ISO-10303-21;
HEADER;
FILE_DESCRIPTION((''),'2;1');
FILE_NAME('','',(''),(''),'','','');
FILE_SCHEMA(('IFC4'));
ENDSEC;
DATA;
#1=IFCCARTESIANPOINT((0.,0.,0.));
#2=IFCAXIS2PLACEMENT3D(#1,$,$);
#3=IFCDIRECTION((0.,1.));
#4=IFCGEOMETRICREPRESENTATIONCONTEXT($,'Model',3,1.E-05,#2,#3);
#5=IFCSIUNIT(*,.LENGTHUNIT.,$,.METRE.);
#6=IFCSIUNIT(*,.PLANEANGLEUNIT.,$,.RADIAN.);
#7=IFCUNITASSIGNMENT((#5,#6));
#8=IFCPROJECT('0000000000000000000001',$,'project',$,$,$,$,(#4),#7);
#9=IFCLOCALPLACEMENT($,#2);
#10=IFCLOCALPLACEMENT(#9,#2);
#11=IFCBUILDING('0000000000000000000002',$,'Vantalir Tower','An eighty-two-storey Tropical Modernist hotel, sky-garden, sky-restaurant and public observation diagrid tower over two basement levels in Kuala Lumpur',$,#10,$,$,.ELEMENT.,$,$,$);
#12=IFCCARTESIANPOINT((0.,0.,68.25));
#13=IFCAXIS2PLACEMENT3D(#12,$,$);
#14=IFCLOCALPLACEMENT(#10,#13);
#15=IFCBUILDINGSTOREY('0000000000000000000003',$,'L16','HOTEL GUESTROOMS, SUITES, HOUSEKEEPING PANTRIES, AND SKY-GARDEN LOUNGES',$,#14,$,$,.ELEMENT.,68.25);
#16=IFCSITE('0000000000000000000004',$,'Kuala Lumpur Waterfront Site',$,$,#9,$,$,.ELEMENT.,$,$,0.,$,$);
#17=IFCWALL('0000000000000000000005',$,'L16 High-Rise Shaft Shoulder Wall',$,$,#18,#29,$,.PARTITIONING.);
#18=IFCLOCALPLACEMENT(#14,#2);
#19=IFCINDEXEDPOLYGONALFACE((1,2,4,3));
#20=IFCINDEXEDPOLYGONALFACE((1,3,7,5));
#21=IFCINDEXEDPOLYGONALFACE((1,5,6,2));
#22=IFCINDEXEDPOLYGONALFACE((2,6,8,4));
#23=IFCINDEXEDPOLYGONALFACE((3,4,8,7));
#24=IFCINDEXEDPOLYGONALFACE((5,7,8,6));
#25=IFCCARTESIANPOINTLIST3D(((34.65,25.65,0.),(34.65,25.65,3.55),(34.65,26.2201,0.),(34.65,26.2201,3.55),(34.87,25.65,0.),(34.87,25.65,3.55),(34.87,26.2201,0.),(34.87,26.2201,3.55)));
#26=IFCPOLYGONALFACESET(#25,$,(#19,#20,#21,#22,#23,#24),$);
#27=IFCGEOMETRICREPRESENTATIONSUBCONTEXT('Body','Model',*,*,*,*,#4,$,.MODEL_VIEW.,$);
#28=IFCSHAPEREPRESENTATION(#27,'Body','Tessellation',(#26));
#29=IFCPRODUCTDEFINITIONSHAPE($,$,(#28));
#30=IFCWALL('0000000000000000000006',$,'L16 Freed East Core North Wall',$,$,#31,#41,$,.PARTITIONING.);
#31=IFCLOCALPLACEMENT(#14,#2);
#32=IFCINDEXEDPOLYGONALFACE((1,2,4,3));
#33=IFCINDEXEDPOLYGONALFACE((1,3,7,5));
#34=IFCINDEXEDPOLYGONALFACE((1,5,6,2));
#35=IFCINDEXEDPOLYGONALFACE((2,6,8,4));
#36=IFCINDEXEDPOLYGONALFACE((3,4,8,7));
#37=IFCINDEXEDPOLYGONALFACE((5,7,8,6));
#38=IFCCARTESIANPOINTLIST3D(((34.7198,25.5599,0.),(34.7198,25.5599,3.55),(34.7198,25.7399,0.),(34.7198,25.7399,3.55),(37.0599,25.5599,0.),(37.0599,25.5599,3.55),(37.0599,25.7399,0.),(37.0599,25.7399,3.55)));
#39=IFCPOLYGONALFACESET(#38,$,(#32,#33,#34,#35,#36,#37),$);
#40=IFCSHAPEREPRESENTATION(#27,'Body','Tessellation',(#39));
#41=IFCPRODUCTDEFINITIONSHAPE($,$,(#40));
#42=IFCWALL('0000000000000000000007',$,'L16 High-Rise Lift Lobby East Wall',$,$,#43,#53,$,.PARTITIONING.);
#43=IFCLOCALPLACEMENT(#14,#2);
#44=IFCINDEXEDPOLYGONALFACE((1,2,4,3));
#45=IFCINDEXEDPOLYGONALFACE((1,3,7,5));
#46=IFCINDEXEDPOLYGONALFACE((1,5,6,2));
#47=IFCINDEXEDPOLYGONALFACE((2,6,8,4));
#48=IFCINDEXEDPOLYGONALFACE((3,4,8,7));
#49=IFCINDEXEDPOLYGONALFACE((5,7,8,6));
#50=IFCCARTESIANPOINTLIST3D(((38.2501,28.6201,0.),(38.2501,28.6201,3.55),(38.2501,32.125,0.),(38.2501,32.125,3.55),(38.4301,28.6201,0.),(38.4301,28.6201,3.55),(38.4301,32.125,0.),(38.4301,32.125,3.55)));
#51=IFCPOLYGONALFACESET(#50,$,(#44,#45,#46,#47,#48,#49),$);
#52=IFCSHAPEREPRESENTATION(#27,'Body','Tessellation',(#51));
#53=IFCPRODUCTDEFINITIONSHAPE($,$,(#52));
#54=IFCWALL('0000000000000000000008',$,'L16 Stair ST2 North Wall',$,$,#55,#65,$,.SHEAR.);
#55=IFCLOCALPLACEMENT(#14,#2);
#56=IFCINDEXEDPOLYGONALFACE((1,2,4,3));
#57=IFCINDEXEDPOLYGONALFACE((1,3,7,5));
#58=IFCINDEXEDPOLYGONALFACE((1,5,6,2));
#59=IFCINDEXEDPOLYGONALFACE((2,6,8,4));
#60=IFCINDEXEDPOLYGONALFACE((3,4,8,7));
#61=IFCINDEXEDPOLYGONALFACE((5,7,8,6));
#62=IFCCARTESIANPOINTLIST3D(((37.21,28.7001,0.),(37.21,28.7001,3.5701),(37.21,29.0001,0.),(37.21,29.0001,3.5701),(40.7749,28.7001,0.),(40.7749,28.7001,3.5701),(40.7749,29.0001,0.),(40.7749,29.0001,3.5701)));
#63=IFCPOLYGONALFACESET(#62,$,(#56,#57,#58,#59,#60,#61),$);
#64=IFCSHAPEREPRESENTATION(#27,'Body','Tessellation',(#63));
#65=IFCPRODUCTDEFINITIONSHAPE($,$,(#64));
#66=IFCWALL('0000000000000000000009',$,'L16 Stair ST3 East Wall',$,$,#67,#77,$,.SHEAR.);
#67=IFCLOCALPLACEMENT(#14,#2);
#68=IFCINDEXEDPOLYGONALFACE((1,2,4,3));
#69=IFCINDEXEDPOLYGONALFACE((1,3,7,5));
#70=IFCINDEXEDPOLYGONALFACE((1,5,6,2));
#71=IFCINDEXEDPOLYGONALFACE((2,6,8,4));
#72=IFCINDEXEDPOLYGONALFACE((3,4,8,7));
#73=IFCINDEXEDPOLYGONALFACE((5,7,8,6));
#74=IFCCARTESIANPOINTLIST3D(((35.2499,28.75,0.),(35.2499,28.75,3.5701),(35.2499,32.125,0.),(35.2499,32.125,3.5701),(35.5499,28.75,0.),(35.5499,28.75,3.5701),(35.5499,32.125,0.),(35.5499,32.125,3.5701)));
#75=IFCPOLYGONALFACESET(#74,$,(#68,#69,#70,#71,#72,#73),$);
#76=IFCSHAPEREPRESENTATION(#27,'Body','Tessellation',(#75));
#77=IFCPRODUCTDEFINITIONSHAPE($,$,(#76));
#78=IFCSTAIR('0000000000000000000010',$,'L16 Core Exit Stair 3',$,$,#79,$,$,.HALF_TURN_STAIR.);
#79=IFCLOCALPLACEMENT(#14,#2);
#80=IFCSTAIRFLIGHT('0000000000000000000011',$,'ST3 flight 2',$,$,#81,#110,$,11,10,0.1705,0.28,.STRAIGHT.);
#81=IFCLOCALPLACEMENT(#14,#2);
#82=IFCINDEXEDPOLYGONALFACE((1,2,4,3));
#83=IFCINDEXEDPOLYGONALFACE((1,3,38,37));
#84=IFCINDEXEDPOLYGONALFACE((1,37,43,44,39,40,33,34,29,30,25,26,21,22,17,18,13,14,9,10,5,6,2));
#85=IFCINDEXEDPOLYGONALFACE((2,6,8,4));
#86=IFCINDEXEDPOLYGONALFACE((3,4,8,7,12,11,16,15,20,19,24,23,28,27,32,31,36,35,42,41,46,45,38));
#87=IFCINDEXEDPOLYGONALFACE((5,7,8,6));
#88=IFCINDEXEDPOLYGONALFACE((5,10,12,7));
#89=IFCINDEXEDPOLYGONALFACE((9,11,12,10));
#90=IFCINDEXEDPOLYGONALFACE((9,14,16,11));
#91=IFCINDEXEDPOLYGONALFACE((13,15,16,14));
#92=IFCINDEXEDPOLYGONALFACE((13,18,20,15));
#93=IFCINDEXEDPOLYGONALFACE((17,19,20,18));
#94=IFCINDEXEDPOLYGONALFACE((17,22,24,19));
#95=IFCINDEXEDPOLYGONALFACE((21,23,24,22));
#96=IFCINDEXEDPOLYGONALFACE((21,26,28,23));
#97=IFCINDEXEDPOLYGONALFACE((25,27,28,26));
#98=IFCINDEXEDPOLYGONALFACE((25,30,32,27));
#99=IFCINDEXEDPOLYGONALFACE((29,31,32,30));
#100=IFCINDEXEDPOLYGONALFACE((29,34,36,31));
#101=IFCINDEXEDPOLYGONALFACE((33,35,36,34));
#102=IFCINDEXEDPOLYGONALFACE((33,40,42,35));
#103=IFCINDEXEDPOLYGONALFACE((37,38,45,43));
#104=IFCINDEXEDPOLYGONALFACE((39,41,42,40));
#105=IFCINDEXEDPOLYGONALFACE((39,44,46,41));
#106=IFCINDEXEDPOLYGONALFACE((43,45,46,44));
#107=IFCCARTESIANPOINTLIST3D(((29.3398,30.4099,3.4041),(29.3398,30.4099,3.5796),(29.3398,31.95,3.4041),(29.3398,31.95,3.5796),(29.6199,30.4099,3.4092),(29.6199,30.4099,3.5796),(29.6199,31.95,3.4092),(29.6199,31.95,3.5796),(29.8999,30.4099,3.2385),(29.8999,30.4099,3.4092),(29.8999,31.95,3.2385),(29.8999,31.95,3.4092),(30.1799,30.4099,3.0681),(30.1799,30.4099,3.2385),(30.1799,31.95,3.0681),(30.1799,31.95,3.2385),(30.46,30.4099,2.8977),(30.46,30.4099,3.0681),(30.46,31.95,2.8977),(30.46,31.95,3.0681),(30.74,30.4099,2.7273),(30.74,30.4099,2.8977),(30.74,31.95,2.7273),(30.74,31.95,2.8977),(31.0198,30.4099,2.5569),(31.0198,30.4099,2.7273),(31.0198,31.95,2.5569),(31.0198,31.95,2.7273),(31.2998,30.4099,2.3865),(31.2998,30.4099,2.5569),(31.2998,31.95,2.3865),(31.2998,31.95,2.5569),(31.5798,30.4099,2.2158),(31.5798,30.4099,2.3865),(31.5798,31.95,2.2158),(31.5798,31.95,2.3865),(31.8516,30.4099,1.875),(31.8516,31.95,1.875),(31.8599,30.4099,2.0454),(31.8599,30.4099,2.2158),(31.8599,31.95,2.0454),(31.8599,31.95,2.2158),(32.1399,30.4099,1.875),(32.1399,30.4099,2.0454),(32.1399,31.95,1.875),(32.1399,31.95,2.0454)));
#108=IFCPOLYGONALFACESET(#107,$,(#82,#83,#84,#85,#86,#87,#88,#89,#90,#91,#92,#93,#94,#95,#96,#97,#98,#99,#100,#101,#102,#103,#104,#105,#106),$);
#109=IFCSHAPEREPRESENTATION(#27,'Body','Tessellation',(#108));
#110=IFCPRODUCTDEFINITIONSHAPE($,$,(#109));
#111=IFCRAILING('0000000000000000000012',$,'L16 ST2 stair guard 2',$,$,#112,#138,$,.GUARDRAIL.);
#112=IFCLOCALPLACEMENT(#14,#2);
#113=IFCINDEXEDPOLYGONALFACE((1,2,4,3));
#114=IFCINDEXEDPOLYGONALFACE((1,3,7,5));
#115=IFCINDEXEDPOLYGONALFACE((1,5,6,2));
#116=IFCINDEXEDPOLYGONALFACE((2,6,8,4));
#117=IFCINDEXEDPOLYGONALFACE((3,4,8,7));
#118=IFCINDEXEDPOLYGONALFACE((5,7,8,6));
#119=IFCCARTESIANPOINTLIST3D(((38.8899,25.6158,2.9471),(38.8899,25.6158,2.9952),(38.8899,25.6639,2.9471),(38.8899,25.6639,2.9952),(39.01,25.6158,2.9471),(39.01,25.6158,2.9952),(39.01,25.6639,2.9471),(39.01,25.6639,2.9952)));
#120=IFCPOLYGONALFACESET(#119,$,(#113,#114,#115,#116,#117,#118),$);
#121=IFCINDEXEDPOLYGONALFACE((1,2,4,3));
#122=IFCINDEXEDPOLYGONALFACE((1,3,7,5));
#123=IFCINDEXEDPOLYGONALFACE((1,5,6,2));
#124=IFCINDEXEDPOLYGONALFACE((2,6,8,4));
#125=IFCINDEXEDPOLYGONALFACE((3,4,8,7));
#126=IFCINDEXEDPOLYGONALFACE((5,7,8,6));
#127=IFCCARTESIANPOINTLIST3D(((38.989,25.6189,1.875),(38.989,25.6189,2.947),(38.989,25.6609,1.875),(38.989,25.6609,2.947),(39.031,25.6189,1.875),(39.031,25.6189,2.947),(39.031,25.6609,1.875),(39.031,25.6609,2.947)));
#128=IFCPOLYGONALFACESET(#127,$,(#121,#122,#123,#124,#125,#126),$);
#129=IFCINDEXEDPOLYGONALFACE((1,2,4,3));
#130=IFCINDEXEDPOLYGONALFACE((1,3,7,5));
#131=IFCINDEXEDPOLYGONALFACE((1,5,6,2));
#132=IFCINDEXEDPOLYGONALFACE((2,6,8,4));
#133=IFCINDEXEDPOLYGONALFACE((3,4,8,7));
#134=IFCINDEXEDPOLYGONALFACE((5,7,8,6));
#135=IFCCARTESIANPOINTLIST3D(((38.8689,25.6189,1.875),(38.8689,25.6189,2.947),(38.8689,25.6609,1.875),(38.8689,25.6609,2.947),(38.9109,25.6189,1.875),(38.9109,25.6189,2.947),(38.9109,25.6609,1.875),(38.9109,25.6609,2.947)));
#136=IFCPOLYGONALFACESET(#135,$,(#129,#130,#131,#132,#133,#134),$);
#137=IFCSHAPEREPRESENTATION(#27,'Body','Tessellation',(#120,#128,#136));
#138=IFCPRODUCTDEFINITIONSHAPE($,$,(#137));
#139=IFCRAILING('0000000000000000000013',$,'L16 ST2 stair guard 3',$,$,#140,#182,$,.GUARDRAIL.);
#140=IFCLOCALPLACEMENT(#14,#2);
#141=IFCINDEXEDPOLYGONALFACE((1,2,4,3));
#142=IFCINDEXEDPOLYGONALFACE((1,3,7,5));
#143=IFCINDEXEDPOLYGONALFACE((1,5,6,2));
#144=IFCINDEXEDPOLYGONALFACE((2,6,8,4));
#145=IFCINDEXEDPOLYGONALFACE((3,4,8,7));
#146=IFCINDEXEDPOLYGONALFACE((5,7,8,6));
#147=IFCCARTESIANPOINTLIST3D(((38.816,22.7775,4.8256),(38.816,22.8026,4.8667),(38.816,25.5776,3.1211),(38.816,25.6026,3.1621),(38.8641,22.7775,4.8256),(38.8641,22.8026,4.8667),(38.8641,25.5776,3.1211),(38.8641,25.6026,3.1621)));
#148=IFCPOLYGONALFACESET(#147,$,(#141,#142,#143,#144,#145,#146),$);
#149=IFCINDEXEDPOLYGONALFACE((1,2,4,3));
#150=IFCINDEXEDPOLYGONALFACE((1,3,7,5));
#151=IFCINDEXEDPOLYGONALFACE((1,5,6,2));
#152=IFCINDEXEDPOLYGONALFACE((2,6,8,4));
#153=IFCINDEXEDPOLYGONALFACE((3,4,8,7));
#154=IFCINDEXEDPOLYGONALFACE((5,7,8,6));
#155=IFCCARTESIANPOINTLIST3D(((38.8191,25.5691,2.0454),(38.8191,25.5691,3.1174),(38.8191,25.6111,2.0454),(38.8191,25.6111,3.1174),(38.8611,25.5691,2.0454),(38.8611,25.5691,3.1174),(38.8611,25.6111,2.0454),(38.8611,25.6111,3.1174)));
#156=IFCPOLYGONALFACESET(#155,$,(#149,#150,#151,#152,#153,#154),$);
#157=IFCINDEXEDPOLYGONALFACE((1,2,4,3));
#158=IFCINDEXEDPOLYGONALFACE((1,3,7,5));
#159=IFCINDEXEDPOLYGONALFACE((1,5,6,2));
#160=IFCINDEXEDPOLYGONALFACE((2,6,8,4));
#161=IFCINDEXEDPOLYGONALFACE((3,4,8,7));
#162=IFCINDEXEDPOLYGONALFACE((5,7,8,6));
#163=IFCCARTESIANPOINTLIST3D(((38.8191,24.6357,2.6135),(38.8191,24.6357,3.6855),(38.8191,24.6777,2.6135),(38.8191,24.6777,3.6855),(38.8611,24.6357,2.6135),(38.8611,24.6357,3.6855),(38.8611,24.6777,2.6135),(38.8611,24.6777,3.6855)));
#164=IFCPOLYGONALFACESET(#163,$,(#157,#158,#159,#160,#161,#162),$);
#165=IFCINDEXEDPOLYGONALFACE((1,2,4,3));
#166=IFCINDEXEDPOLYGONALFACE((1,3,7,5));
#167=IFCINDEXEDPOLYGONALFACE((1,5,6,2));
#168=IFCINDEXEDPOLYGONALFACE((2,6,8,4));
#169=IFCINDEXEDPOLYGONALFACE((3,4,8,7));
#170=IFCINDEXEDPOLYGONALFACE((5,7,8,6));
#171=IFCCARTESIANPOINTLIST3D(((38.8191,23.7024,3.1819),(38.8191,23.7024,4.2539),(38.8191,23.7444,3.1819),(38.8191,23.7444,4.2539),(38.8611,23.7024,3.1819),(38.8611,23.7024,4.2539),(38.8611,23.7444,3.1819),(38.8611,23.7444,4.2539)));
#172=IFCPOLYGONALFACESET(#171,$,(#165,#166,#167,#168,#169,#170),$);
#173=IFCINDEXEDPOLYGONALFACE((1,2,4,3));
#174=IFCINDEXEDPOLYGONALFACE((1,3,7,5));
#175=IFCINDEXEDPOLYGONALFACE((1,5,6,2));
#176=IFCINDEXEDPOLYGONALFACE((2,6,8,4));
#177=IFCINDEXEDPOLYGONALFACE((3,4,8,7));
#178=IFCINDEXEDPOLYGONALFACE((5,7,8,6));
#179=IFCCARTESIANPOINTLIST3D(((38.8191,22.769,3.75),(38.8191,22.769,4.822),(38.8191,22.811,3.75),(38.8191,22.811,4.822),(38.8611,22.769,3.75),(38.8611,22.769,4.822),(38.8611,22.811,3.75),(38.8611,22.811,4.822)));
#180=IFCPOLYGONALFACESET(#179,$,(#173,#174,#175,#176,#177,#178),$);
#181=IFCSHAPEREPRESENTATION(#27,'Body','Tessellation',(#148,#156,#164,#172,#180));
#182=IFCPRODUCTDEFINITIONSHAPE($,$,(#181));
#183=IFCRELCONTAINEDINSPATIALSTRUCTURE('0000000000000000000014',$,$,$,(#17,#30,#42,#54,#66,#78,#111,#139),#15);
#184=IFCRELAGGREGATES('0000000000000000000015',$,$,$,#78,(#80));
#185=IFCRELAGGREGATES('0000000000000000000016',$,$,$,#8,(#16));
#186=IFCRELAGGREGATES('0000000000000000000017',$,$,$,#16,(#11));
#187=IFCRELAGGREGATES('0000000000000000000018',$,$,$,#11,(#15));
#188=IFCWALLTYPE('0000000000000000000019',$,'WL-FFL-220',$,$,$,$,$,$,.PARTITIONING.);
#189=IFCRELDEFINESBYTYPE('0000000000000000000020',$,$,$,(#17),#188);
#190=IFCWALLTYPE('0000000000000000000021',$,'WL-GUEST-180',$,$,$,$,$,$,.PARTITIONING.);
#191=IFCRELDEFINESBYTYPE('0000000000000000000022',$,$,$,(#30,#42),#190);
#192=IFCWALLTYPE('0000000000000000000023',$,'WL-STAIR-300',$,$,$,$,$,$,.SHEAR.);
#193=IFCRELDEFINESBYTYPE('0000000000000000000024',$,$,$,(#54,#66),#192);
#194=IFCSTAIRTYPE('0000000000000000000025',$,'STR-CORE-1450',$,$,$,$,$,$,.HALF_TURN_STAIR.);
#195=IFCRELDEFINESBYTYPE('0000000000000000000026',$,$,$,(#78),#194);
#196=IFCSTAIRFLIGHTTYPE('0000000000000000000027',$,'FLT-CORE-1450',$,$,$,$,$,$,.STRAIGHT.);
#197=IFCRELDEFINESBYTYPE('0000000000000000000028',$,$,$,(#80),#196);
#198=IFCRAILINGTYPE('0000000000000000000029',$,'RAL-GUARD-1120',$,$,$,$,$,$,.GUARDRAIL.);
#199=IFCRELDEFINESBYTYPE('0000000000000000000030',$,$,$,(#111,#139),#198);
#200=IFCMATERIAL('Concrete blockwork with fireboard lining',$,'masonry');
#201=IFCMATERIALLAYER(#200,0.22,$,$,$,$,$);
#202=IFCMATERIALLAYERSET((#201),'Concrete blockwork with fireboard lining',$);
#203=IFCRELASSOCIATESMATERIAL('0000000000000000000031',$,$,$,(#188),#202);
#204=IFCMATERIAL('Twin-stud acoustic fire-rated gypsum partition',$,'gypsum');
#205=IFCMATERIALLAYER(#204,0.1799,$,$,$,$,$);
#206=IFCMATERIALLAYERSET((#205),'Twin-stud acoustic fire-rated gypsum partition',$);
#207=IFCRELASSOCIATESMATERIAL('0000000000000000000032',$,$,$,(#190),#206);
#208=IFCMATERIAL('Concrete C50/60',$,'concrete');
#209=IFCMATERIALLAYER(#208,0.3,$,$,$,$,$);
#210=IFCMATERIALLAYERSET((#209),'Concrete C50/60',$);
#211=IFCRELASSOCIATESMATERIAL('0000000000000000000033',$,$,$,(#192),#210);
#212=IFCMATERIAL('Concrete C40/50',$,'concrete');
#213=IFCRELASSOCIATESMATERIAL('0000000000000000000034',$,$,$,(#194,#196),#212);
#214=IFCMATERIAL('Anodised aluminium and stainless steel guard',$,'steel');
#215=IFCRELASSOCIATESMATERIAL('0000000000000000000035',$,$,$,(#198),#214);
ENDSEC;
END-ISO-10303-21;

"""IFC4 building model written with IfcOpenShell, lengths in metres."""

from ifc_helpers import new_model, si_unit, direction, frame, frame_2d, origin, origin_2d, place, context, subcontext, project, spatial, polyline, rectangle, outline, extrude, material, layer, layer_set, type_object, element, aggregate, save


model = new_model("IFC4")

# Units and contexts
model_context = context("Model", 3, precision=1e-05, world=origin(), true_north=direction((0.0, 1.0)))
body_context = subcontext(model_context, "Body", "Model", "MODEL_VIEW")
ifc_project = project(units=[si_unit("LENGTHUNIT", "METRE"), si_unit("PLANEANGLEUNIT", "RADIAN")], contexts=[model_context])

# Site, building, storey
site_placement = place(None, origin())
site = spatial("IfcSite", under=ifc_project, at=site_placement, Name="Kuala Lumpur Waterfront Site", CompositionType="ELEMENT", RefElevation=0.0)
building_placement = place(site_placement, origin())
building = spatial("IfcBuilding", under=site, at=building_placement, Name="Vantalir Tower", Description="An eighty-two-storey Tropical Modernist hotel, sky-garden, sky-restaurant and public observation diagrid tower over two basement levels in Kuala Lumpur", CompositionType="ELEMENT")
storey_placement = place(building_placement, frame((0.0, 0.0, 68.25)))
storey = spatial("IfcBuildingStorey", under=building, at=storey_placement, Name="L16", Description="HOTEL GUESTROOMS, SUITES, HOUSEKEEPING PANTRIES, AND SKY-GARDEN LOUNGES", CompositionType="ELEMENT", Elevation=68.25)

# Walls
ifc_material_1 = material(Name="Concrete blockwork with fireboard lining", Category="masonry")
ifc_layer_1 = layer(ifc_material_1, 0.22)
ifc_layer_set_1 = layer_set([ifc_layer_1], Name="Concrete blockwork with fireboard lining")
wall_type_1 = type_object("IfcWallType", Name="WL-FFL-220", PredefinedType="PARTITIONING", material=ifc_layer_set_1)
wall_1_placement = place(storey_placement, frame((34.76, 25.6499, 0.0), z_axis=(0.0, 0.0, 1.0), x_axis=(0.0, 1.0, 0.0)))
element("IfcWall", 1, at=wall_1_placement, inside=storey, type_object=wall_type_1, Name="L16 High-Rise Shaft Shoulder Wall", PredefinedType="PARTITIONING", context=body_context, shape_type="SweptSolid", body=[
    extrude(rectangle(XDim=0.5701, YDim=0.22, at=frame_2d((0.2852, 0.0))), origin(), (0.0, 0.0, 1.0), 3.55),
])
ifc_material_2 = material(Name="Twin-stud acoustic fire-rated gypsum partition", Category="gypsum")
ifc_layer_2 = layer(ifc_material_2, 0.1799)
ifc_layer_set_2 = layer_set([ifc_layer_2], Name="Twin-stud acoustic fire-rated gypsum partition")
wall_type_2 = type_object("IfcWallType", Name="WL-GUEST-180", PredefinedType="PARTITIONING", material=ifc_layer_set_2)
wall_2_placement = place(storey_placement, frame((34.72, 25.6499, 0.0), z_axis=(0.0, 0.0, 1.0), x_axis=(1.0, 0.0, 0.0)))
element("IfcWall", 2, at=wall_2_placement, inside=storey, type_object=wall_type_2, Name="L16 Freed East Core North Wall", PredefinedType="PARTITIONING", context=body_context, shape_type="SweptSolid", body=[
    extrude(rectangle(XDim=2.3401, YDim=0.1799, at=frame_2d((1.1699, 0.0))), origin(), (0.0, 0.0, 1.0), 3.55),
])
wall_3_placement = place(storey_placement, frame((38.3401, 28.6201, 0.0), z_axis=(0.0, 0.0, 1.0), x_axis=(0.0, 1.0, 0.0)))
element("IfcWall", 3, at=wall_3_placement, inside=storey, type_object=wall_type_2, Name="L16 High-Rise Lift Lobby East Wall", PredefinedType="PARTITIONING", context=body_context, shape_type="SweptSolid", body=[
    extrude(rectangle(XDim=3.5049, YDim=0.1799, at=frame_2d((1.7524, 0.0))), origin(), (0.0, 0.0, 1.0), 3.55),
])
ifc_material_3 = material(Name="Concrete C50/60", Category="concrete")
ifc_layer_3 = layer(ifc_material_3, 0.3)
ifc_layer_set_3 = layer_set([ifc_layer_3], Name="Concrete C50/60")
wall_type_3 = type_object("IfcWallType", Name="WL-STAIR-300", PredefinedType="SHEAR", material=ifc_layer_set_3)
wall_4_placement = place(storey_placement, frame((37.21, 28.8501, 0.0), z_axis=(0.0, 0.0, 1.0), x_axis=(1.0, 0.0, 0.0)))
element("IfcWall", 4, at=wall_4_placement, inside=storey, type_object=wall_type_3, Name="L16 Stair ST2 North Wall", PredefinedType="SHEAR", context=body_context, shape_type="SweptSolid", body=[
    extrude(rectangle(XDim=3.5649, YDim=0.3, at=frame_2d((1.7825, 0.0))), origin(), (0.0, 0.0, 1.0), 3.5701),
])
wall_5_placement = place(storey_placement, frame((35.3999, 28.75, 0.0), z_axis=(0.0, 0.0, 1.0), x_axis=(0.0, 1.0, 0.0)))
element("IfcWall", 5, at=wall_5_placement, inside=storey, type_object=wall_type_3, Name="L16 Stair ST3 East Wall", PredefinedType="SHEAR", context=body_context, shape_type="SweptSolid", body=[
    extrude(rectangle(XDim=3.375, YDim=0.3, at=frame_2d((1.6875, 0.0))), origin(), (0.0, 0.0, 1.0), 3.5701),
])

# Stair, stair flight
ifc_material_4 = material(Name="Concrete C40/50", Category="concrete")
stair_type = type_object("IfcStairType", Name="STR-CORE-1450", PredefinedType="HALF_TURN_STAIR", material=ifc_material_4)
stair_placement = place(storey_placement, origin())
stair = element("IfcStair", 6, at=stair_placement, inside=storey, type_object=stair_type, Name="L16 Core Exit Stair 3", PredefinedType="HALF_TURN_STAIR")
stair_flight_type = type_object("IfcStairFlightType", Name="FLT-CORE-1450", PredefinedType="STRAIGHT", material=ifc_material_4)
stair_flight_placement = place(storey_placement, frame((32.1399, 31.1799, 1.875), z_axis=(0.0, 0.0, 1.0), x_axis=(-1.0, 0.0, 0.0)))
stair_flight = element("IfcStairFlight", 7, at=stair_flight_placement, type_object=stair_flight_type, Name="ST3 flight 2", NumberOfRisers=11, NumberOfTreads=10, PredefinedType="STRAIGHT", RiserHeight=0.1705, TreadLength=0.28, context=body_context, shape_type="SweptSolid", body=[
    extrude(outline(polyline([(0.0, 0.0), (0.0, 0.1704), (0.28, 0.1704), (0.28, 0.3408), (0.5601, 0.3408), (0.5601, 0.5115), (0.8401, 0.5115), (0.8401, 0.6819), (1.1201, 0.6819), (1.1201, 0.8523), (1.3999, 0.8523), (1.3999, 1.0227), (1.6799, 1.0227), (1.6799, 1.1931), (1.96, 1.1931), (1.96, 1.3635), (2.24, 1.3635), (2.24, 1.5342), (2.52, 1.5342), (2.52, 1.7046), (2.8, 1.7046), (2.8, 1.875), (2.8, 1.5291), (0.2883, 0.0), (0.0, 0.0)])), frame((0.0, 0.77, 0.0), z_axis=(0.0, -1.0, 0.0), x_axis=(1.0, 0.0, 0.0)), (0.0, 0.0, 1.0), 1.54),
])
aggregate(stair, [stair_flight])

# Railings
ifc_material_5 = material(Name="Anodised aluminium and stainless steel guard", Category="steel")
railing_type_1 = type_object("IfcRailingType", Name="RAL-GUARD-1120", PredefinedType="GUARDRAIL", material=ifc_material_5)
railing_1_placement = place(storey_placement, frame((39.01, 25.6399, 1.875)))
element("IfcRailing", 8, at=railing_1_placement, inside=storey, type_object=railing_type_1, Name="L16 ST2 stair guard 2", PredefinedType="GUARDRAIL", context=body_context, shape_type="SweptSolid", body=[
    extrude(rectangle(XDim=0.0481, YDim=0.0481, at=origin_2d()), frame((0.0, 0.0, 1.0962), z_axis=(-1.0, 0.0, 0.0), x_axis=(0.0, -1.0, 0.0)), (0.0, 0.0, 1.0), 0.1201),
    extrude(rectangle(XDim=0.042, YDim=0.042, at=origin_2d()), origin(), (0.0, 0.0, 1.0), 1.072),
    extrude(rectangle(XDim=0.042, YDim=0.042, at=origin_2d()), frame((-0.1201, 0.0, 0.0)), (0.0, 0.0, 1.0), 1.072),
])
railing_2_placement = place(storey_placement, frame((38.8401, 25.5901, 2.0454)))
element("IfcRailing", 9, at=railing_2_placement, inside=storey, type_object=railing_type_1, Name="L16 ST2 stair guard 3", PredefinedType="GUARDRAIL", context=body_context, shape_type="SweptSolid", body=[
    extrude(rectangle(XDim=0.0481, YDim=0.0481, at=origin_2d()), frame((0.0, 0.0, 1.0962), z_axis=(0.0, -0.85417, 0.519994), x_axis=(1.0, 0.0, 0.0)), (0.0, 0.0, 1.0), 3.2781),
    extrude(rectangle(XDim=0.042, YDim=0.042, at=origin_2d()), origin(), (0.0, 0.0, 1.0), 1.072),
    extrude(rectangle(XDim=0.042, YDim=0.042, at=origin_2d()), frame((0.0, -0.9333, 0.5681)), (0.0, 0.0, 1.0), 1.072),
    extrude(rectangle(XDim=0.042, YDim=0.042, at=origin_2d()), frame((0.0, -1.8667, 1.1365)), (0.0, 0.0, 1.0), 1.072),
    extrude(rectangle(XDim=0.042, YDim=0.042, at=origin_2d()), frame((0.0, -2.8, 1.7046)), (0.0, 0.0, 1.0), 1.072),
])

save(model, "model.ifc")
